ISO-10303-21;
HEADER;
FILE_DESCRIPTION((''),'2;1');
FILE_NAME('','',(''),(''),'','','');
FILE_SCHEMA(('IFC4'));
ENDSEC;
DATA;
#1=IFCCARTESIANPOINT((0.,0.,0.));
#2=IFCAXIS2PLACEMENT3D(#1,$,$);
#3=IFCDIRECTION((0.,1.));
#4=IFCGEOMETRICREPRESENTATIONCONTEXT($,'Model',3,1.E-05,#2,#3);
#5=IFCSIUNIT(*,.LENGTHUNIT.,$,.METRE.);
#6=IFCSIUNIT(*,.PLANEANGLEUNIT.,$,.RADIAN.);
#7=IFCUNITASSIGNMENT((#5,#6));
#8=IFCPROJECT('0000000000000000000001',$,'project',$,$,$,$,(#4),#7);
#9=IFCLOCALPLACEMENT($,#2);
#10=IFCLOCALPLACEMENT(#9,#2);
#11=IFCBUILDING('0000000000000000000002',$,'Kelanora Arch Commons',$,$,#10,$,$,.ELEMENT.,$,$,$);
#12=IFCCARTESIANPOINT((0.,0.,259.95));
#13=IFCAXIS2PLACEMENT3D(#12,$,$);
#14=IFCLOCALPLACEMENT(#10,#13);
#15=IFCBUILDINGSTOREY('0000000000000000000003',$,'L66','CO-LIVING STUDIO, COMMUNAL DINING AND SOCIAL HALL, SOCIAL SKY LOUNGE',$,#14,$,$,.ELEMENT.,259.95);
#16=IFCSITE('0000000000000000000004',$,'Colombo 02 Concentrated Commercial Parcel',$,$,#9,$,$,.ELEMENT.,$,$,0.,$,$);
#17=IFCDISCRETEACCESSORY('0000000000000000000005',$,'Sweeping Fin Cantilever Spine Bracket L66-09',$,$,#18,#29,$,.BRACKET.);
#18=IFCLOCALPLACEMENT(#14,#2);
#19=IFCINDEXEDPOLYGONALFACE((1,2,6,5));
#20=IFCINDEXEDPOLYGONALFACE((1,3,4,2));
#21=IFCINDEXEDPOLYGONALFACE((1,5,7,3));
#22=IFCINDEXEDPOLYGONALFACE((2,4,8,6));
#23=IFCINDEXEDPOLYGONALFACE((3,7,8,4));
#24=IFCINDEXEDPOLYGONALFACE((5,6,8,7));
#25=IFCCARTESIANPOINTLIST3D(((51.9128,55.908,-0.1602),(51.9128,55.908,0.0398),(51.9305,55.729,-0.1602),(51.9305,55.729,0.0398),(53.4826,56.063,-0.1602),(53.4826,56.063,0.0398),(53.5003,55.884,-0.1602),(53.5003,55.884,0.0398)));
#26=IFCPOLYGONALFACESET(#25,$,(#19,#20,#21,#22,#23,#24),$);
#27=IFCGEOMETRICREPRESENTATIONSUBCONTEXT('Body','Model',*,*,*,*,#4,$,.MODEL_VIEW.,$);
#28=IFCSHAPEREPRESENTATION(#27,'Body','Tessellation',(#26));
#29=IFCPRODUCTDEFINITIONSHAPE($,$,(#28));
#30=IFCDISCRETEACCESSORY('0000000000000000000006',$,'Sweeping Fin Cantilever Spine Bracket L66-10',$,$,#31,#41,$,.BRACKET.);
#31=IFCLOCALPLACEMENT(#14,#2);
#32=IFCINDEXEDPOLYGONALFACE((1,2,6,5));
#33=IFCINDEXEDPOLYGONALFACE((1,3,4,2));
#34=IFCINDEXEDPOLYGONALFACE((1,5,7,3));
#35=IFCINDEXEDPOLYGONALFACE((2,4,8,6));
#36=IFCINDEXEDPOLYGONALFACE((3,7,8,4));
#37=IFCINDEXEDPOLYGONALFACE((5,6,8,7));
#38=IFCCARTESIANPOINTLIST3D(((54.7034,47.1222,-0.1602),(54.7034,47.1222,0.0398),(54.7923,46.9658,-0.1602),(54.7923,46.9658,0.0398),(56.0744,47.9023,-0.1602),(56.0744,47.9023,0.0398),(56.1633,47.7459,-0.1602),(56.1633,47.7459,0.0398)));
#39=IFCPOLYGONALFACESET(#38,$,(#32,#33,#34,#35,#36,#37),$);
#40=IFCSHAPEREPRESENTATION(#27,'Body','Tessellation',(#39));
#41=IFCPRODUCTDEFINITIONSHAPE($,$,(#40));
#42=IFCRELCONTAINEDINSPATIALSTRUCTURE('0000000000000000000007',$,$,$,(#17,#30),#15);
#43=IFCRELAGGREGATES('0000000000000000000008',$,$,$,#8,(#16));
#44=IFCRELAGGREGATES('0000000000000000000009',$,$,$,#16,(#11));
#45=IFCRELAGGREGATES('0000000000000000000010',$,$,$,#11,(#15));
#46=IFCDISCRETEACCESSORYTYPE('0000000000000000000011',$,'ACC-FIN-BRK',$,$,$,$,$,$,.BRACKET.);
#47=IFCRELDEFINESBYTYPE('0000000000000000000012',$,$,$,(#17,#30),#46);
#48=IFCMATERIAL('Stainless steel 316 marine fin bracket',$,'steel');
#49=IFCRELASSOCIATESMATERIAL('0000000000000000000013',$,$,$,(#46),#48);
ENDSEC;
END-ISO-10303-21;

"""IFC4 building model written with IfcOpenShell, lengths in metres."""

from ifc_helpers import new_model, si_unit, direction, frame, origin, origin_2d, place, context, subcontext, project, spatial, rectangle, extrude, source, transform, mapped, material, type_object, element, save


model = new_model("IFC4")

# Units and contexts
model_context = context("Model", 3, precision=1e-05, world=origin(), true_north=direction((0.0, 1.0)))
body_context = subcontext(model_context, "Body", "Model", "MODEL_VIEW")
ifc_project = project(units=[si_unit("LENGTHUNIT", "METRE"), si_unit("PLANEANGLEUNIT", "RADIAN")], contexts=[model_context])

# Site, building, storey
site_placement = place(None, origin())
site = spatial("IfcSite", under=ifc_project, at=site_placement, Name="Colombo 02 Concentrated Commercial Parcel", CompositionType="ELEMENT", RefElevation=0.0)
building_placement = place(site_placement, origin())
building = spatial("IfcBuilding", under=site, at=building_placement, Name="Kelanora Arch Commons", CompositionType="ELEMENT")
storey_placement = place(building_placement, frame((0.0, 0.0, 259.95)))
storey = spatial("IfcBuildingStorey", under=building, at=storey_placement, Name="L66", Description="CO-LIVING STUDIO, COMMUNAL DINING AND SOCIAL HALL, SOCIAL SKY LOUNGE", CompositionType="ELEMENT", Elevation=259.95)

# Discrete accessories
ifc_material_1 = material(Name="Stainless steel 316 marine fin bracket", Category="steel")
discrete_accessory_type = type_object("IfcDiscreteAccessoryType", Name="ACC-FIN-BRK", PredefinedType="BRACKET", material=ifc_material_1)
shared_shape_1 = source(origin(), body_context, "Body", "SweptSolid", [
    extrude(rectangle(XDim=1.5774, YDim=0.1799, at=origin_2d()), origin(), (0.0, 0.0, 1.0), 0.2),
])
for number, where, z_axis, x_axis, name in (
    (1, (52.7065, 55.896, -0.1602), (0.0, 0.0, 1.0), (-0.995159, -0.098278, 0.0), "Sweeping Fin Cantilever Spine Bracket L66-09"),
    (2, (55.4333, 47.4341, -0.1602), (0.0, 0.0, 1.0), (-0.86915, -0.494549, 0.0), "Sweeping Fin Cantilever Spine Bracket L66-10"),
):
    element("IfcDiscreteAccessory", number, at=place(storey_placement, frame(where, z_axis=z_axis, x_axis=x_axis)), inside=storey, type_object=discrete_accessory_type, Name=name, PredefinedType="BRACKET", context=body_context, shape_type="MappedRepresentation", body=[
        mapped(shared_shape_1, transform((0.0, 0.0, 0.0), scale=1.0)),
    ])

save(model, "model.ifc")
